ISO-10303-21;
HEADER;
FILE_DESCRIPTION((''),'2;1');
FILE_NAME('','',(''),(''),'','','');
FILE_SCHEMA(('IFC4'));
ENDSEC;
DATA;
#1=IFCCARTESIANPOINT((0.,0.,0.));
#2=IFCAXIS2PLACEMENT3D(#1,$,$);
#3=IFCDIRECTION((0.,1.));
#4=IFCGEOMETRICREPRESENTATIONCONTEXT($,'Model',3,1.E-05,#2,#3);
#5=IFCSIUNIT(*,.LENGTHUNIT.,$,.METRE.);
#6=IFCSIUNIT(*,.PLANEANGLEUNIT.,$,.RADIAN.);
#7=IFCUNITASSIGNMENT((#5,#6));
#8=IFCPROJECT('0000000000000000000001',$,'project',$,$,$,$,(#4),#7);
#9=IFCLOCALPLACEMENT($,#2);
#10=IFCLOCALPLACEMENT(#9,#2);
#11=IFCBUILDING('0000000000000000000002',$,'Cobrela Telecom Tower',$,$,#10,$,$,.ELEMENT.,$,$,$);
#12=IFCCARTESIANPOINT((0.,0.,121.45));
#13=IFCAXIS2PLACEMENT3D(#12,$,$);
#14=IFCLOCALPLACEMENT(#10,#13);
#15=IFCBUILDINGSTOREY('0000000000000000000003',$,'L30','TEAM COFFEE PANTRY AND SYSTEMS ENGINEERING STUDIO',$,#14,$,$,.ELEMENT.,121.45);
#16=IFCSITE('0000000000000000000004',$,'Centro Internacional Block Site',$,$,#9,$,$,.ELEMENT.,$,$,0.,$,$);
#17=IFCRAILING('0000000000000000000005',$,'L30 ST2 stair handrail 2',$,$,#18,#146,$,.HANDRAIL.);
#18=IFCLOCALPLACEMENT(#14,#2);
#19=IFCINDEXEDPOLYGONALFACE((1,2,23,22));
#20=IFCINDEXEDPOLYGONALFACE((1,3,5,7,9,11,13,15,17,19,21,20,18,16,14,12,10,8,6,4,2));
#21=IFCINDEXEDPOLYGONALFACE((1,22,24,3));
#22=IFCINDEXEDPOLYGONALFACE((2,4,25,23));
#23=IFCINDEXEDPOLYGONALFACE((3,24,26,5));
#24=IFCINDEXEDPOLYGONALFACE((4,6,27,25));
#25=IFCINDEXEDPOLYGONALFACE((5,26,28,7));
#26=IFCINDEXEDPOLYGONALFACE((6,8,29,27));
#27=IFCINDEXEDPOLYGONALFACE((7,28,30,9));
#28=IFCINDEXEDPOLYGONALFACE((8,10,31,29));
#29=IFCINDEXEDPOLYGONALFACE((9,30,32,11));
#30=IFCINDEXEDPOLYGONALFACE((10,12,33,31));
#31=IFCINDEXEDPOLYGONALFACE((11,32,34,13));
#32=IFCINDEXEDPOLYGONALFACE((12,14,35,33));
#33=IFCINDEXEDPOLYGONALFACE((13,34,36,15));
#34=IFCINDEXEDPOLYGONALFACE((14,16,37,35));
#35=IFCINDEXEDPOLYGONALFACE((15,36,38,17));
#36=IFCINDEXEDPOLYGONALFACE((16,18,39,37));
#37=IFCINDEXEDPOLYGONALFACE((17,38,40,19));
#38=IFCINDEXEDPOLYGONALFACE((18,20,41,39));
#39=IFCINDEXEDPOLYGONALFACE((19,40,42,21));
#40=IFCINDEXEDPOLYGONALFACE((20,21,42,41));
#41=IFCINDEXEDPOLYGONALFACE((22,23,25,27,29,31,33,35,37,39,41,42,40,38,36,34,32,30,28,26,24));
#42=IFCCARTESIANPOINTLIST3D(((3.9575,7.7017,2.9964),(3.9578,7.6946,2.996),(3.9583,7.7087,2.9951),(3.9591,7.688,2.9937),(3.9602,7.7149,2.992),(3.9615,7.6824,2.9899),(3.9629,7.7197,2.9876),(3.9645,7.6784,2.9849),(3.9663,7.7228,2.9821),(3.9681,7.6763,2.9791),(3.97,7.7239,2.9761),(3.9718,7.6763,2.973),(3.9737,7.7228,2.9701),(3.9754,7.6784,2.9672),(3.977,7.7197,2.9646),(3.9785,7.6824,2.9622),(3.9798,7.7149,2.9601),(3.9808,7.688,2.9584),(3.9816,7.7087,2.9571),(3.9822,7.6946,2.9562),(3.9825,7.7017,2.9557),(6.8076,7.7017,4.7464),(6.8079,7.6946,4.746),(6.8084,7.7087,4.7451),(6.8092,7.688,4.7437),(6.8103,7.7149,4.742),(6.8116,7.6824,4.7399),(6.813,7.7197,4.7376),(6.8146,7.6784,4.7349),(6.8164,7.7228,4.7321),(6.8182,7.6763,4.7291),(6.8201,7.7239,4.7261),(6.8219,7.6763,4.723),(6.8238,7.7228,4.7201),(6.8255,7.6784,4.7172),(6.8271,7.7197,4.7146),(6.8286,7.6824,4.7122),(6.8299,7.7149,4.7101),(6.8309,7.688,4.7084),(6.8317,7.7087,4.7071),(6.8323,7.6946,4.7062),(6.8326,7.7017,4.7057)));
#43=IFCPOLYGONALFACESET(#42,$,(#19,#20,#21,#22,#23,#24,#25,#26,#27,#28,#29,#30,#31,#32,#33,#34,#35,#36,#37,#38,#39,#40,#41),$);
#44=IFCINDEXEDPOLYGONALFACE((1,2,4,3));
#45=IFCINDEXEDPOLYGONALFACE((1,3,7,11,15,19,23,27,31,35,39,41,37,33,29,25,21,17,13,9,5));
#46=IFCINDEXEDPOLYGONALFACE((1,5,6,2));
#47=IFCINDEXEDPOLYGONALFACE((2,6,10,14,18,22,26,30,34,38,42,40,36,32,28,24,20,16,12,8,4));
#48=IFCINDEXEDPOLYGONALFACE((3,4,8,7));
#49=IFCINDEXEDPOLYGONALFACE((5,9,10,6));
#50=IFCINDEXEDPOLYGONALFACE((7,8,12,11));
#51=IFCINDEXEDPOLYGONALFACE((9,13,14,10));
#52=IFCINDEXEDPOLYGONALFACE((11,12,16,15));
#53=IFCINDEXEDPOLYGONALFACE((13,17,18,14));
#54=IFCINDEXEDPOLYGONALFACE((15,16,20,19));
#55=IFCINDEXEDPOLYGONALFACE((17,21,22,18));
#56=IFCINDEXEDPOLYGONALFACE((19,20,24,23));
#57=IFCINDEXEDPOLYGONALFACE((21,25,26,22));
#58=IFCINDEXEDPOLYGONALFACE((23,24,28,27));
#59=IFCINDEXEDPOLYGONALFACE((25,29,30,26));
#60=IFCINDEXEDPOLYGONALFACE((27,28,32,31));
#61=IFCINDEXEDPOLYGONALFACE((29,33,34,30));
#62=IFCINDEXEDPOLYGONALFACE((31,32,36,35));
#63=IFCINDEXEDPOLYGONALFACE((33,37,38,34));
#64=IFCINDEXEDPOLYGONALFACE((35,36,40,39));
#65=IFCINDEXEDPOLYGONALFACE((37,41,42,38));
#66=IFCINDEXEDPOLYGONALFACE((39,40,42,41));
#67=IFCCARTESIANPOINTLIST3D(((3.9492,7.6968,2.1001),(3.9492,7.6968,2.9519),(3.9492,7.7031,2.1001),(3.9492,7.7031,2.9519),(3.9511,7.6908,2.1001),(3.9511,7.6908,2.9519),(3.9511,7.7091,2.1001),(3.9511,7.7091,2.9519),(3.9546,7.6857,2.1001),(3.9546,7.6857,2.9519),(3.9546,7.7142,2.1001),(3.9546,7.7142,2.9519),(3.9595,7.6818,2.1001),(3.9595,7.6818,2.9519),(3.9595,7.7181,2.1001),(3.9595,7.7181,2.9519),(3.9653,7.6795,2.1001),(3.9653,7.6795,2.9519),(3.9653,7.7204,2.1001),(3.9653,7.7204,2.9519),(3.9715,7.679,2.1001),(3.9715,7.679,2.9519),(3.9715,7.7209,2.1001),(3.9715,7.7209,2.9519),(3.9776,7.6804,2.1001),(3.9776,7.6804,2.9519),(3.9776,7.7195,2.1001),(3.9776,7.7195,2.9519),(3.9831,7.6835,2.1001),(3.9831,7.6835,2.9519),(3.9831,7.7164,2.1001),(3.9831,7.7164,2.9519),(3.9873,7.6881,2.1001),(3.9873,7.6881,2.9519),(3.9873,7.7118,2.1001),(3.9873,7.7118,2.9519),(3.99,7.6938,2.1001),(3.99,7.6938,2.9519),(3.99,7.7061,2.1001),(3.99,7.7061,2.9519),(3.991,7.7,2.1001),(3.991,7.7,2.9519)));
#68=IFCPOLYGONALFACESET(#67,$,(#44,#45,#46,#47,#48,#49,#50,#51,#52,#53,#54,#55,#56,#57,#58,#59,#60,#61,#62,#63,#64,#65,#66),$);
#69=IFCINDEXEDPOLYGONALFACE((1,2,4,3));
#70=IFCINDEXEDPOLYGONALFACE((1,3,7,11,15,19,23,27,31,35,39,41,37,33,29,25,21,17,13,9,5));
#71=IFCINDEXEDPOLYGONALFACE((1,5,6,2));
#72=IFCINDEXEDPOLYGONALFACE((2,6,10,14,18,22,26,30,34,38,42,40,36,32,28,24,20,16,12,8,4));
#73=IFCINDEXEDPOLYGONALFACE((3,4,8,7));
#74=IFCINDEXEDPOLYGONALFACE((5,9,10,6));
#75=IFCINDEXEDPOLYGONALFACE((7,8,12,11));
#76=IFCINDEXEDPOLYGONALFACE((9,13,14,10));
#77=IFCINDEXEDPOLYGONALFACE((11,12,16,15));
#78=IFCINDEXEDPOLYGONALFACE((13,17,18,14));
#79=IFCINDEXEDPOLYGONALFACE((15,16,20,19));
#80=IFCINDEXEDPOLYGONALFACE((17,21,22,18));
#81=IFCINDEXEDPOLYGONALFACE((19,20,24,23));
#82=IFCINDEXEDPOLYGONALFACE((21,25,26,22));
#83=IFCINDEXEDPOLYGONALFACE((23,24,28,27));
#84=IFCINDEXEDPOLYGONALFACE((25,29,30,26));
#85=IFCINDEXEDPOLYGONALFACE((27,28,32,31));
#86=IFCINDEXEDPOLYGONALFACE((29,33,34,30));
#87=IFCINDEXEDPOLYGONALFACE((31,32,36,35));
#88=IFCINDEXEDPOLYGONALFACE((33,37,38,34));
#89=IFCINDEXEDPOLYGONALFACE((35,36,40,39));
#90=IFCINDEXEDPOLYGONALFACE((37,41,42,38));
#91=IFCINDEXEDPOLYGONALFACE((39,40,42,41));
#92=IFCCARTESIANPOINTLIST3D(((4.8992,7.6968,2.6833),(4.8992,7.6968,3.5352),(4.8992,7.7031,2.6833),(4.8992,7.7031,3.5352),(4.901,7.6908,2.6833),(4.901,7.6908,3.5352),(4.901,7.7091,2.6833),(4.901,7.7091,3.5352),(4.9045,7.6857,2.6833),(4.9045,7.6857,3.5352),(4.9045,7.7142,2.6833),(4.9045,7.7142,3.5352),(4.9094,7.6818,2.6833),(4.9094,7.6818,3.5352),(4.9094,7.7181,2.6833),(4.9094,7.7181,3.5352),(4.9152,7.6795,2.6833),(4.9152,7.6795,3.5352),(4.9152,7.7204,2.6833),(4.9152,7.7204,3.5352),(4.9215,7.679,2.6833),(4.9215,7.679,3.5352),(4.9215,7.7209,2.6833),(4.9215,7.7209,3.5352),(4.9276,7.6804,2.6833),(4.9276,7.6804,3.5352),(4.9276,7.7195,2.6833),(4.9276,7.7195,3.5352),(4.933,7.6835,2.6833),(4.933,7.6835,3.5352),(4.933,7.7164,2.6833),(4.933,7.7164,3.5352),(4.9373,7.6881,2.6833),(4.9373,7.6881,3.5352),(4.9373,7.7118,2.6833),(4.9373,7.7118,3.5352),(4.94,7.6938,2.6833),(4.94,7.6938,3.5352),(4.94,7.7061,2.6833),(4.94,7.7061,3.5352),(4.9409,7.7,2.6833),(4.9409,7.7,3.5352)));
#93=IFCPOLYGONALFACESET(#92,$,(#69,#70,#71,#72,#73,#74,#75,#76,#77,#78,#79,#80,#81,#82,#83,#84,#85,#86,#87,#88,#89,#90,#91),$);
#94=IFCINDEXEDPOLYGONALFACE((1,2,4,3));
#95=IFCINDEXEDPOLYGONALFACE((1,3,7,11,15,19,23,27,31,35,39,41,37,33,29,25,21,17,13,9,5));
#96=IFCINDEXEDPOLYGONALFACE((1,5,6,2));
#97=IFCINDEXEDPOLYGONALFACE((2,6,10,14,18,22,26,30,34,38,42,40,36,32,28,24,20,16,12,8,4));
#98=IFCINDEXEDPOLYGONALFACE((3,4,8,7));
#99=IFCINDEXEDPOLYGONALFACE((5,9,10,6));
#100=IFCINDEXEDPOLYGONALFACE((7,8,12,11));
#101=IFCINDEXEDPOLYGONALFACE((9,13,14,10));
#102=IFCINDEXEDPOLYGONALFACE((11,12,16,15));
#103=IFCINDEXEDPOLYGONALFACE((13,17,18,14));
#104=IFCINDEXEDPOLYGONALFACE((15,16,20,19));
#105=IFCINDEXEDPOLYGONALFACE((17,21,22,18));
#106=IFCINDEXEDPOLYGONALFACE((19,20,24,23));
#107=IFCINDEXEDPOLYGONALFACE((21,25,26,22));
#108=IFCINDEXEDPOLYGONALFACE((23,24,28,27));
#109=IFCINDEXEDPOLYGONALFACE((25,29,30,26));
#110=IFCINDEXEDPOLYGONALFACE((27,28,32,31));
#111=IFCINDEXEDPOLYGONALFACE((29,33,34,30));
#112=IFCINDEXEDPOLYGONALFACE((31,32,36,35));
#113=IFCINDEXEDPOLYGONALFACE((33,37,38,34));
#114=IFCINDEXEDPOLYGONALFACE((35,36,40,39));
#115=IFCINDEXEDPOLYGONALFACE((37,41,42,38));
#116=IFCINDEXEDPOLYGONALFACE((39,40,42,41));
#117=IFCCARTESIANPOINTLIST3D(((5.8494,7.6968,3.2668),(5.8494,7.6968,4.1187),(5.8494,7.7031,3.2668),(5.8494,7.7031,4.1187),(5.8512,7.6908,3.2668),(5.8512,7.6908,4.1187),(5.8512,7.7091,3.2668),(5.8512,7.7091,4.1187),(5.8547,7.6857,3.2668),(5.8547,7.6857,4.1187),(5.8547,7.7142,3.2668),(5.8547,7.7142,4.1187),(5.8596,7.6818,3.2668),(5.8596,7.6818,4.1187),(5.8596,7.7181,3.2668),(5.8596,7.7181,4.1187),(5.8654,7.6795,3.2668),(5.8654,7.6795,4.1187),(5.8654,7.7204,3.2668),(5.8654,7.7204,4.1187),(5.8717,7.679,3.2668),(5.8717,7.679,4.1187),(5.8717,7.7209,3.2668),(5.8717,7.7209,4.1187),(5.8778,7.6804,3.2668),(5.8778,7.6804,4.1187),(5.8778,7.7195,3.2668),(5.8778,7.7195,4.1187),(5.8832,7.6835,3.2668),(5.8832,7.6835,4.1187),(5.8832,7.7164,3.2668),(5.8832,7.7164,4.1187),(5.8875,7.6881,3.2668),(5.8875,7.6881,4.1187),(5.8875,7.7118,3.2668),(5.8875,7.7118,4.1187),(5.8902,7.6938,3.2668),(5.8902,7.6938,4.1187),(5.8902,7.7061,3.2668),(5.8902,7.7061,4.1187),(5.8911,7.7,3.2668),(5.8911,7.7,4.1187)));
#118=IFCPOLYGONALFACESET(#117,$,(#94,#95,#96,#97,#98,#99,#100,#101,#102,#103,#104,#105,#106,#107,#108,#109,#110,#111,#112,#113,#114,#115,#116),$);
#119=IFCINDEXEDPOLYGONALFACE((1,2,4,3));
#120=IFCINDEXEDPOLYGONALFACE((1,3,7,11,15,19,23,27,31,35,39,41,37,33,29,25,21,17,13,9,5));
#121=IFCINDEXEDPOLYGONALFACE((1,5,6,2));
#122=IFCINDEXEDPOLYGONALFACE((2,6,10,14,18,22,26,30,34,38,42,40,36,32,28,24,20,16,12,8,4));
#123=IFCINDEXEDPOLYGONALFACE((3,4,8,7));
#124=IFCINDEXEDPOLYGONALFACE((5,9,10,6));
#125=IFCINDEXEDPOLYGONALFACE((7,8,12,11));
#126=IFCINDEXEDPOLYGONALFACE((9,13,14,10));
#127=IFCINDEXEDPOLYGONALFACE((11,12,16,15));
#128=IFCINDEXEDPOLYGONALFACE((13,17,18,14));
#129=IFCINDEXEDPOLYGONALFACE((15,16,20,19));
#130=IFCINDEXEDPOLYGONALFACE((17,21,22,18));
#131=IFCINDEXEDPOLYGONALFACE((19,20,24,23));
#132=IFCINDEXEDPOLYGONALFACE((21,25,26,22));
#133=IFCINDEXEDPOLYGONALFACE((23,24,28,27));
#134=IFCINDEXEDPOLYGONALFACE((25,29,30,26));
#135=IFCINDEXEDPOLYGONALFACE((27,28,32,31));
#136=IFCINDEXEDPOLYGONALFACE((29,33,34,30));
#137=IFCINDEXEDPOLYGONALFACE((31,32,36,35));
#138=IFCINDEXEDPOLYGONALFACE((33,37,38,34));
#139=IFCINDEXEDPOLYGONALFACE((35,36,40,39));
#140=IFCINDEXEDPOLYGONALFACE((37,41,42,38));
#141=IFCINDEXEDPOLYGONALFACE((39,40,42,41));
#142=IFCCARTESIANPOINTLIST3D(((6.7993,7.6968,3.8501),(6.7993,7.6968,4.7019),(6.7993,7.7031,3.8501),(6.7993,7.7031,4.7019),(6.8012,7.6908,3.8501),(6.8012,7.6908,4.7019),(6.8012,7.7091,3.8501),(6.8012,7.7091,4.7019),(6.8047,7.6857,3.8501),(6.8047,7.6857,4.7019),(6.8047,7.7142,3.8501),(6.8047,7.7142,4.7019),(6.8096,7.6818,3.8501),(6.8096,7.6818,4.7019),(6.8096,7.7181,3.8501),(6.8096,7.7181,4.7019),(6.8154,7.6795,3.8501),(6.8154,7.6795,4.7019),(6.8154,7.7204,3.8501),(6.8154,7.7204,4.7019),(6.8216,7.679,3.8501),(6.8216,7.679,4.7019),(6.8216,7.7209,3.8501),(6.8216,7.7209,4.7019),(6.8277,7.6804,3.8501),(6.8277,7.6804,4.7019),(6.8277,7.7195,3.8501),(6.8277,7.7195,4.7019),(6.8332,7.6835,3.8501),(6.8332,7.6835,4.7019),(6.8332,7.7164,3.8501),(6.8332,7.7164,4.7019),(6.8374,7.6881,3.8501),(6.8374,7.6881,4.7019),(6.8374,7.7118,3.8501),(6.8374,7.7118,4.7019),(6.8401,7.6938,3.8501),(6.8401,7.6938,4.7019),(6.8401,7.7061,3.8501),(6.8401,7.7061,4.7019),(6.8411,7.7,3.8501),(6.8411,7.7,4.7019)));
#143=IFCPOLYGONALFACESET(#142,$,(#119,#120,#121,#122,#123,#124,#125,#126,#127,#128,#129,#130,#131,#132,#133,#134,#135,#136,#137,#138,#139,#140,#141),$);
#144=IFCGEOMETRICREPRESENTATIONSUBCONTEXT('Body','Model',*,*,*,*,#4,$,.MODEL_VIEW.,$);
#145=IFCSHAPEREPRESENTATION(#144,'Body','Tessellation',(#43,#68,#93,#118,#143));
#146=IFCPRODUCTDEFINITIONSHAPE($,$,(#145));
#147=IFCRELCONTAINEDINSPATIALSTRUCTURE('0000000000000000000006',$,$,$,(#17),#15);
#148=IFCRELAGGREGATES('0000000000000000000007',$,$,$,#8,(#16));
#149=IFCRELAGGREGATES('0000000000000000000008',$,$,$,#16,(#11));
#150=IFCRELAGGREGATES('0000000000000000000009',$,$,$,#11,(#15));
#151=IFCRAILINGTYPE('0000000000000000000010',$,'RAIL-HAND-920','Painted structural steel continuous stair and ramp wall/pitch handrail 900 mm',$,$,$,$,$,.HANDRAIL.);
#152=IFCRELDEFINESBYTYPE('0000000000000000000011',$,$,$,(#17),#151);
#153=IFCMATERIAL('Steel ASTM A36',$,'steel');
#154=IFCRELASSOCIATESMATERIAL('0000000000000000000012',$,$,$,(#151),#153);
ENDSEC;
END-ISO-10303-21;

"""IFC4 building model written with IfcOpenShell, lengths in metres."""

from ifc_helpers import new_model, si_unit, direction, frame, origin, origin_2d, place, context, subcontext, project, spatial, circle, extrude, material, type_object, element, save


model = new_model("IFC4")

# Units and contexts
model_context = context("Model", 3, precision=1e-05, world=origin(), true_north=direction((0.0, 1.0)))
body_context = subcontext(model_context, "Body", "Model", "MODEL_VIEW")
ifc_project = project(units=[si_unit("LENGTHUNIT", "METRE"), si_unit("PLANEANGLEUNIT", "RADIAN")], contexts=[model_context])

# Site, building, storey
site_placement = place(None, origin())
site = spatial("IfcSite", under=ifc_project, at=site_placement, Name="Centro Internacional Block Site", CompositionType="ELEMENT", RefElevation=0.0)
building_placement = place(site_placement, origin())
building = spatial("IfcBuilding", under=site, at=building_placement, Name="Cobrela Telecom Tower", CompositionType="ELEMENT")
storey_placement = place(building_placement, frame((0.0, 0.0, 121.45)))
storey = spatial("IfcBuildingStorey", under=building, at=storey_placement, Name="L30", Description="TEAM COFFEE PANTRY AND SYSTEMS ENGINEERING STUDIO", CompositionType="ELEMENT", Elevation=121.45)

# Railing
ifc_material_1 = material(Name="Steel ASTM A36", Category="steel")
railing_type_1 = type_object("IfcRailingType", Name="RAIL-HAND-920", Description="Painted structural steel continuous stair and ramp wall/pitch handrail 900 mm", PredefinedType="HANDRAIL", material=ifc_material_1)
railing_1_placement = place(storey_placement, frame((3.97, 7.7, 2.1001)))
element("IfcRailing", 1, at=railing_1_placement, inside=storey, type_object=railing_type_1, Name="L30 ST2 stair handrail 2", PredefinedType="HANDRAIL", context=body_context, shape_type="SweptSolid", body=[
    extrude(circle(Radius=0.0239, at=origin_2d()), frame((0.0, 0.0, 0.876), z_axis=(0.852179, 0.0, 0.52325), x_axis=(0.0, 1.0, 0.0)), (0.0, 0.0, 1.0), 3.3445),
    extrude(circle(Radius=0.021, at=origin_2d()), origin(), (0.0, 0.0, 1.0), 0.8518),
    extrude(circle(Radius=0.021, at=origin_2d()), frame((0.95, 0.0, 0.5833)), (0.0, 0.0, 1.0), 0.8518),
    extrude(circle(Radius=0.021, at=origin_2d()), frame((1.9001, 0.0, 1.1667)), (0.0, 0.0, 1.0), 0.8518),
    extrude(circle(Radius=0.021, at=origin_2d()), frame((2.8501, 0.0, 1.75)), (0.0, 0.0, 1.0), 0.8518),
])

save(model, "model.ifc")
